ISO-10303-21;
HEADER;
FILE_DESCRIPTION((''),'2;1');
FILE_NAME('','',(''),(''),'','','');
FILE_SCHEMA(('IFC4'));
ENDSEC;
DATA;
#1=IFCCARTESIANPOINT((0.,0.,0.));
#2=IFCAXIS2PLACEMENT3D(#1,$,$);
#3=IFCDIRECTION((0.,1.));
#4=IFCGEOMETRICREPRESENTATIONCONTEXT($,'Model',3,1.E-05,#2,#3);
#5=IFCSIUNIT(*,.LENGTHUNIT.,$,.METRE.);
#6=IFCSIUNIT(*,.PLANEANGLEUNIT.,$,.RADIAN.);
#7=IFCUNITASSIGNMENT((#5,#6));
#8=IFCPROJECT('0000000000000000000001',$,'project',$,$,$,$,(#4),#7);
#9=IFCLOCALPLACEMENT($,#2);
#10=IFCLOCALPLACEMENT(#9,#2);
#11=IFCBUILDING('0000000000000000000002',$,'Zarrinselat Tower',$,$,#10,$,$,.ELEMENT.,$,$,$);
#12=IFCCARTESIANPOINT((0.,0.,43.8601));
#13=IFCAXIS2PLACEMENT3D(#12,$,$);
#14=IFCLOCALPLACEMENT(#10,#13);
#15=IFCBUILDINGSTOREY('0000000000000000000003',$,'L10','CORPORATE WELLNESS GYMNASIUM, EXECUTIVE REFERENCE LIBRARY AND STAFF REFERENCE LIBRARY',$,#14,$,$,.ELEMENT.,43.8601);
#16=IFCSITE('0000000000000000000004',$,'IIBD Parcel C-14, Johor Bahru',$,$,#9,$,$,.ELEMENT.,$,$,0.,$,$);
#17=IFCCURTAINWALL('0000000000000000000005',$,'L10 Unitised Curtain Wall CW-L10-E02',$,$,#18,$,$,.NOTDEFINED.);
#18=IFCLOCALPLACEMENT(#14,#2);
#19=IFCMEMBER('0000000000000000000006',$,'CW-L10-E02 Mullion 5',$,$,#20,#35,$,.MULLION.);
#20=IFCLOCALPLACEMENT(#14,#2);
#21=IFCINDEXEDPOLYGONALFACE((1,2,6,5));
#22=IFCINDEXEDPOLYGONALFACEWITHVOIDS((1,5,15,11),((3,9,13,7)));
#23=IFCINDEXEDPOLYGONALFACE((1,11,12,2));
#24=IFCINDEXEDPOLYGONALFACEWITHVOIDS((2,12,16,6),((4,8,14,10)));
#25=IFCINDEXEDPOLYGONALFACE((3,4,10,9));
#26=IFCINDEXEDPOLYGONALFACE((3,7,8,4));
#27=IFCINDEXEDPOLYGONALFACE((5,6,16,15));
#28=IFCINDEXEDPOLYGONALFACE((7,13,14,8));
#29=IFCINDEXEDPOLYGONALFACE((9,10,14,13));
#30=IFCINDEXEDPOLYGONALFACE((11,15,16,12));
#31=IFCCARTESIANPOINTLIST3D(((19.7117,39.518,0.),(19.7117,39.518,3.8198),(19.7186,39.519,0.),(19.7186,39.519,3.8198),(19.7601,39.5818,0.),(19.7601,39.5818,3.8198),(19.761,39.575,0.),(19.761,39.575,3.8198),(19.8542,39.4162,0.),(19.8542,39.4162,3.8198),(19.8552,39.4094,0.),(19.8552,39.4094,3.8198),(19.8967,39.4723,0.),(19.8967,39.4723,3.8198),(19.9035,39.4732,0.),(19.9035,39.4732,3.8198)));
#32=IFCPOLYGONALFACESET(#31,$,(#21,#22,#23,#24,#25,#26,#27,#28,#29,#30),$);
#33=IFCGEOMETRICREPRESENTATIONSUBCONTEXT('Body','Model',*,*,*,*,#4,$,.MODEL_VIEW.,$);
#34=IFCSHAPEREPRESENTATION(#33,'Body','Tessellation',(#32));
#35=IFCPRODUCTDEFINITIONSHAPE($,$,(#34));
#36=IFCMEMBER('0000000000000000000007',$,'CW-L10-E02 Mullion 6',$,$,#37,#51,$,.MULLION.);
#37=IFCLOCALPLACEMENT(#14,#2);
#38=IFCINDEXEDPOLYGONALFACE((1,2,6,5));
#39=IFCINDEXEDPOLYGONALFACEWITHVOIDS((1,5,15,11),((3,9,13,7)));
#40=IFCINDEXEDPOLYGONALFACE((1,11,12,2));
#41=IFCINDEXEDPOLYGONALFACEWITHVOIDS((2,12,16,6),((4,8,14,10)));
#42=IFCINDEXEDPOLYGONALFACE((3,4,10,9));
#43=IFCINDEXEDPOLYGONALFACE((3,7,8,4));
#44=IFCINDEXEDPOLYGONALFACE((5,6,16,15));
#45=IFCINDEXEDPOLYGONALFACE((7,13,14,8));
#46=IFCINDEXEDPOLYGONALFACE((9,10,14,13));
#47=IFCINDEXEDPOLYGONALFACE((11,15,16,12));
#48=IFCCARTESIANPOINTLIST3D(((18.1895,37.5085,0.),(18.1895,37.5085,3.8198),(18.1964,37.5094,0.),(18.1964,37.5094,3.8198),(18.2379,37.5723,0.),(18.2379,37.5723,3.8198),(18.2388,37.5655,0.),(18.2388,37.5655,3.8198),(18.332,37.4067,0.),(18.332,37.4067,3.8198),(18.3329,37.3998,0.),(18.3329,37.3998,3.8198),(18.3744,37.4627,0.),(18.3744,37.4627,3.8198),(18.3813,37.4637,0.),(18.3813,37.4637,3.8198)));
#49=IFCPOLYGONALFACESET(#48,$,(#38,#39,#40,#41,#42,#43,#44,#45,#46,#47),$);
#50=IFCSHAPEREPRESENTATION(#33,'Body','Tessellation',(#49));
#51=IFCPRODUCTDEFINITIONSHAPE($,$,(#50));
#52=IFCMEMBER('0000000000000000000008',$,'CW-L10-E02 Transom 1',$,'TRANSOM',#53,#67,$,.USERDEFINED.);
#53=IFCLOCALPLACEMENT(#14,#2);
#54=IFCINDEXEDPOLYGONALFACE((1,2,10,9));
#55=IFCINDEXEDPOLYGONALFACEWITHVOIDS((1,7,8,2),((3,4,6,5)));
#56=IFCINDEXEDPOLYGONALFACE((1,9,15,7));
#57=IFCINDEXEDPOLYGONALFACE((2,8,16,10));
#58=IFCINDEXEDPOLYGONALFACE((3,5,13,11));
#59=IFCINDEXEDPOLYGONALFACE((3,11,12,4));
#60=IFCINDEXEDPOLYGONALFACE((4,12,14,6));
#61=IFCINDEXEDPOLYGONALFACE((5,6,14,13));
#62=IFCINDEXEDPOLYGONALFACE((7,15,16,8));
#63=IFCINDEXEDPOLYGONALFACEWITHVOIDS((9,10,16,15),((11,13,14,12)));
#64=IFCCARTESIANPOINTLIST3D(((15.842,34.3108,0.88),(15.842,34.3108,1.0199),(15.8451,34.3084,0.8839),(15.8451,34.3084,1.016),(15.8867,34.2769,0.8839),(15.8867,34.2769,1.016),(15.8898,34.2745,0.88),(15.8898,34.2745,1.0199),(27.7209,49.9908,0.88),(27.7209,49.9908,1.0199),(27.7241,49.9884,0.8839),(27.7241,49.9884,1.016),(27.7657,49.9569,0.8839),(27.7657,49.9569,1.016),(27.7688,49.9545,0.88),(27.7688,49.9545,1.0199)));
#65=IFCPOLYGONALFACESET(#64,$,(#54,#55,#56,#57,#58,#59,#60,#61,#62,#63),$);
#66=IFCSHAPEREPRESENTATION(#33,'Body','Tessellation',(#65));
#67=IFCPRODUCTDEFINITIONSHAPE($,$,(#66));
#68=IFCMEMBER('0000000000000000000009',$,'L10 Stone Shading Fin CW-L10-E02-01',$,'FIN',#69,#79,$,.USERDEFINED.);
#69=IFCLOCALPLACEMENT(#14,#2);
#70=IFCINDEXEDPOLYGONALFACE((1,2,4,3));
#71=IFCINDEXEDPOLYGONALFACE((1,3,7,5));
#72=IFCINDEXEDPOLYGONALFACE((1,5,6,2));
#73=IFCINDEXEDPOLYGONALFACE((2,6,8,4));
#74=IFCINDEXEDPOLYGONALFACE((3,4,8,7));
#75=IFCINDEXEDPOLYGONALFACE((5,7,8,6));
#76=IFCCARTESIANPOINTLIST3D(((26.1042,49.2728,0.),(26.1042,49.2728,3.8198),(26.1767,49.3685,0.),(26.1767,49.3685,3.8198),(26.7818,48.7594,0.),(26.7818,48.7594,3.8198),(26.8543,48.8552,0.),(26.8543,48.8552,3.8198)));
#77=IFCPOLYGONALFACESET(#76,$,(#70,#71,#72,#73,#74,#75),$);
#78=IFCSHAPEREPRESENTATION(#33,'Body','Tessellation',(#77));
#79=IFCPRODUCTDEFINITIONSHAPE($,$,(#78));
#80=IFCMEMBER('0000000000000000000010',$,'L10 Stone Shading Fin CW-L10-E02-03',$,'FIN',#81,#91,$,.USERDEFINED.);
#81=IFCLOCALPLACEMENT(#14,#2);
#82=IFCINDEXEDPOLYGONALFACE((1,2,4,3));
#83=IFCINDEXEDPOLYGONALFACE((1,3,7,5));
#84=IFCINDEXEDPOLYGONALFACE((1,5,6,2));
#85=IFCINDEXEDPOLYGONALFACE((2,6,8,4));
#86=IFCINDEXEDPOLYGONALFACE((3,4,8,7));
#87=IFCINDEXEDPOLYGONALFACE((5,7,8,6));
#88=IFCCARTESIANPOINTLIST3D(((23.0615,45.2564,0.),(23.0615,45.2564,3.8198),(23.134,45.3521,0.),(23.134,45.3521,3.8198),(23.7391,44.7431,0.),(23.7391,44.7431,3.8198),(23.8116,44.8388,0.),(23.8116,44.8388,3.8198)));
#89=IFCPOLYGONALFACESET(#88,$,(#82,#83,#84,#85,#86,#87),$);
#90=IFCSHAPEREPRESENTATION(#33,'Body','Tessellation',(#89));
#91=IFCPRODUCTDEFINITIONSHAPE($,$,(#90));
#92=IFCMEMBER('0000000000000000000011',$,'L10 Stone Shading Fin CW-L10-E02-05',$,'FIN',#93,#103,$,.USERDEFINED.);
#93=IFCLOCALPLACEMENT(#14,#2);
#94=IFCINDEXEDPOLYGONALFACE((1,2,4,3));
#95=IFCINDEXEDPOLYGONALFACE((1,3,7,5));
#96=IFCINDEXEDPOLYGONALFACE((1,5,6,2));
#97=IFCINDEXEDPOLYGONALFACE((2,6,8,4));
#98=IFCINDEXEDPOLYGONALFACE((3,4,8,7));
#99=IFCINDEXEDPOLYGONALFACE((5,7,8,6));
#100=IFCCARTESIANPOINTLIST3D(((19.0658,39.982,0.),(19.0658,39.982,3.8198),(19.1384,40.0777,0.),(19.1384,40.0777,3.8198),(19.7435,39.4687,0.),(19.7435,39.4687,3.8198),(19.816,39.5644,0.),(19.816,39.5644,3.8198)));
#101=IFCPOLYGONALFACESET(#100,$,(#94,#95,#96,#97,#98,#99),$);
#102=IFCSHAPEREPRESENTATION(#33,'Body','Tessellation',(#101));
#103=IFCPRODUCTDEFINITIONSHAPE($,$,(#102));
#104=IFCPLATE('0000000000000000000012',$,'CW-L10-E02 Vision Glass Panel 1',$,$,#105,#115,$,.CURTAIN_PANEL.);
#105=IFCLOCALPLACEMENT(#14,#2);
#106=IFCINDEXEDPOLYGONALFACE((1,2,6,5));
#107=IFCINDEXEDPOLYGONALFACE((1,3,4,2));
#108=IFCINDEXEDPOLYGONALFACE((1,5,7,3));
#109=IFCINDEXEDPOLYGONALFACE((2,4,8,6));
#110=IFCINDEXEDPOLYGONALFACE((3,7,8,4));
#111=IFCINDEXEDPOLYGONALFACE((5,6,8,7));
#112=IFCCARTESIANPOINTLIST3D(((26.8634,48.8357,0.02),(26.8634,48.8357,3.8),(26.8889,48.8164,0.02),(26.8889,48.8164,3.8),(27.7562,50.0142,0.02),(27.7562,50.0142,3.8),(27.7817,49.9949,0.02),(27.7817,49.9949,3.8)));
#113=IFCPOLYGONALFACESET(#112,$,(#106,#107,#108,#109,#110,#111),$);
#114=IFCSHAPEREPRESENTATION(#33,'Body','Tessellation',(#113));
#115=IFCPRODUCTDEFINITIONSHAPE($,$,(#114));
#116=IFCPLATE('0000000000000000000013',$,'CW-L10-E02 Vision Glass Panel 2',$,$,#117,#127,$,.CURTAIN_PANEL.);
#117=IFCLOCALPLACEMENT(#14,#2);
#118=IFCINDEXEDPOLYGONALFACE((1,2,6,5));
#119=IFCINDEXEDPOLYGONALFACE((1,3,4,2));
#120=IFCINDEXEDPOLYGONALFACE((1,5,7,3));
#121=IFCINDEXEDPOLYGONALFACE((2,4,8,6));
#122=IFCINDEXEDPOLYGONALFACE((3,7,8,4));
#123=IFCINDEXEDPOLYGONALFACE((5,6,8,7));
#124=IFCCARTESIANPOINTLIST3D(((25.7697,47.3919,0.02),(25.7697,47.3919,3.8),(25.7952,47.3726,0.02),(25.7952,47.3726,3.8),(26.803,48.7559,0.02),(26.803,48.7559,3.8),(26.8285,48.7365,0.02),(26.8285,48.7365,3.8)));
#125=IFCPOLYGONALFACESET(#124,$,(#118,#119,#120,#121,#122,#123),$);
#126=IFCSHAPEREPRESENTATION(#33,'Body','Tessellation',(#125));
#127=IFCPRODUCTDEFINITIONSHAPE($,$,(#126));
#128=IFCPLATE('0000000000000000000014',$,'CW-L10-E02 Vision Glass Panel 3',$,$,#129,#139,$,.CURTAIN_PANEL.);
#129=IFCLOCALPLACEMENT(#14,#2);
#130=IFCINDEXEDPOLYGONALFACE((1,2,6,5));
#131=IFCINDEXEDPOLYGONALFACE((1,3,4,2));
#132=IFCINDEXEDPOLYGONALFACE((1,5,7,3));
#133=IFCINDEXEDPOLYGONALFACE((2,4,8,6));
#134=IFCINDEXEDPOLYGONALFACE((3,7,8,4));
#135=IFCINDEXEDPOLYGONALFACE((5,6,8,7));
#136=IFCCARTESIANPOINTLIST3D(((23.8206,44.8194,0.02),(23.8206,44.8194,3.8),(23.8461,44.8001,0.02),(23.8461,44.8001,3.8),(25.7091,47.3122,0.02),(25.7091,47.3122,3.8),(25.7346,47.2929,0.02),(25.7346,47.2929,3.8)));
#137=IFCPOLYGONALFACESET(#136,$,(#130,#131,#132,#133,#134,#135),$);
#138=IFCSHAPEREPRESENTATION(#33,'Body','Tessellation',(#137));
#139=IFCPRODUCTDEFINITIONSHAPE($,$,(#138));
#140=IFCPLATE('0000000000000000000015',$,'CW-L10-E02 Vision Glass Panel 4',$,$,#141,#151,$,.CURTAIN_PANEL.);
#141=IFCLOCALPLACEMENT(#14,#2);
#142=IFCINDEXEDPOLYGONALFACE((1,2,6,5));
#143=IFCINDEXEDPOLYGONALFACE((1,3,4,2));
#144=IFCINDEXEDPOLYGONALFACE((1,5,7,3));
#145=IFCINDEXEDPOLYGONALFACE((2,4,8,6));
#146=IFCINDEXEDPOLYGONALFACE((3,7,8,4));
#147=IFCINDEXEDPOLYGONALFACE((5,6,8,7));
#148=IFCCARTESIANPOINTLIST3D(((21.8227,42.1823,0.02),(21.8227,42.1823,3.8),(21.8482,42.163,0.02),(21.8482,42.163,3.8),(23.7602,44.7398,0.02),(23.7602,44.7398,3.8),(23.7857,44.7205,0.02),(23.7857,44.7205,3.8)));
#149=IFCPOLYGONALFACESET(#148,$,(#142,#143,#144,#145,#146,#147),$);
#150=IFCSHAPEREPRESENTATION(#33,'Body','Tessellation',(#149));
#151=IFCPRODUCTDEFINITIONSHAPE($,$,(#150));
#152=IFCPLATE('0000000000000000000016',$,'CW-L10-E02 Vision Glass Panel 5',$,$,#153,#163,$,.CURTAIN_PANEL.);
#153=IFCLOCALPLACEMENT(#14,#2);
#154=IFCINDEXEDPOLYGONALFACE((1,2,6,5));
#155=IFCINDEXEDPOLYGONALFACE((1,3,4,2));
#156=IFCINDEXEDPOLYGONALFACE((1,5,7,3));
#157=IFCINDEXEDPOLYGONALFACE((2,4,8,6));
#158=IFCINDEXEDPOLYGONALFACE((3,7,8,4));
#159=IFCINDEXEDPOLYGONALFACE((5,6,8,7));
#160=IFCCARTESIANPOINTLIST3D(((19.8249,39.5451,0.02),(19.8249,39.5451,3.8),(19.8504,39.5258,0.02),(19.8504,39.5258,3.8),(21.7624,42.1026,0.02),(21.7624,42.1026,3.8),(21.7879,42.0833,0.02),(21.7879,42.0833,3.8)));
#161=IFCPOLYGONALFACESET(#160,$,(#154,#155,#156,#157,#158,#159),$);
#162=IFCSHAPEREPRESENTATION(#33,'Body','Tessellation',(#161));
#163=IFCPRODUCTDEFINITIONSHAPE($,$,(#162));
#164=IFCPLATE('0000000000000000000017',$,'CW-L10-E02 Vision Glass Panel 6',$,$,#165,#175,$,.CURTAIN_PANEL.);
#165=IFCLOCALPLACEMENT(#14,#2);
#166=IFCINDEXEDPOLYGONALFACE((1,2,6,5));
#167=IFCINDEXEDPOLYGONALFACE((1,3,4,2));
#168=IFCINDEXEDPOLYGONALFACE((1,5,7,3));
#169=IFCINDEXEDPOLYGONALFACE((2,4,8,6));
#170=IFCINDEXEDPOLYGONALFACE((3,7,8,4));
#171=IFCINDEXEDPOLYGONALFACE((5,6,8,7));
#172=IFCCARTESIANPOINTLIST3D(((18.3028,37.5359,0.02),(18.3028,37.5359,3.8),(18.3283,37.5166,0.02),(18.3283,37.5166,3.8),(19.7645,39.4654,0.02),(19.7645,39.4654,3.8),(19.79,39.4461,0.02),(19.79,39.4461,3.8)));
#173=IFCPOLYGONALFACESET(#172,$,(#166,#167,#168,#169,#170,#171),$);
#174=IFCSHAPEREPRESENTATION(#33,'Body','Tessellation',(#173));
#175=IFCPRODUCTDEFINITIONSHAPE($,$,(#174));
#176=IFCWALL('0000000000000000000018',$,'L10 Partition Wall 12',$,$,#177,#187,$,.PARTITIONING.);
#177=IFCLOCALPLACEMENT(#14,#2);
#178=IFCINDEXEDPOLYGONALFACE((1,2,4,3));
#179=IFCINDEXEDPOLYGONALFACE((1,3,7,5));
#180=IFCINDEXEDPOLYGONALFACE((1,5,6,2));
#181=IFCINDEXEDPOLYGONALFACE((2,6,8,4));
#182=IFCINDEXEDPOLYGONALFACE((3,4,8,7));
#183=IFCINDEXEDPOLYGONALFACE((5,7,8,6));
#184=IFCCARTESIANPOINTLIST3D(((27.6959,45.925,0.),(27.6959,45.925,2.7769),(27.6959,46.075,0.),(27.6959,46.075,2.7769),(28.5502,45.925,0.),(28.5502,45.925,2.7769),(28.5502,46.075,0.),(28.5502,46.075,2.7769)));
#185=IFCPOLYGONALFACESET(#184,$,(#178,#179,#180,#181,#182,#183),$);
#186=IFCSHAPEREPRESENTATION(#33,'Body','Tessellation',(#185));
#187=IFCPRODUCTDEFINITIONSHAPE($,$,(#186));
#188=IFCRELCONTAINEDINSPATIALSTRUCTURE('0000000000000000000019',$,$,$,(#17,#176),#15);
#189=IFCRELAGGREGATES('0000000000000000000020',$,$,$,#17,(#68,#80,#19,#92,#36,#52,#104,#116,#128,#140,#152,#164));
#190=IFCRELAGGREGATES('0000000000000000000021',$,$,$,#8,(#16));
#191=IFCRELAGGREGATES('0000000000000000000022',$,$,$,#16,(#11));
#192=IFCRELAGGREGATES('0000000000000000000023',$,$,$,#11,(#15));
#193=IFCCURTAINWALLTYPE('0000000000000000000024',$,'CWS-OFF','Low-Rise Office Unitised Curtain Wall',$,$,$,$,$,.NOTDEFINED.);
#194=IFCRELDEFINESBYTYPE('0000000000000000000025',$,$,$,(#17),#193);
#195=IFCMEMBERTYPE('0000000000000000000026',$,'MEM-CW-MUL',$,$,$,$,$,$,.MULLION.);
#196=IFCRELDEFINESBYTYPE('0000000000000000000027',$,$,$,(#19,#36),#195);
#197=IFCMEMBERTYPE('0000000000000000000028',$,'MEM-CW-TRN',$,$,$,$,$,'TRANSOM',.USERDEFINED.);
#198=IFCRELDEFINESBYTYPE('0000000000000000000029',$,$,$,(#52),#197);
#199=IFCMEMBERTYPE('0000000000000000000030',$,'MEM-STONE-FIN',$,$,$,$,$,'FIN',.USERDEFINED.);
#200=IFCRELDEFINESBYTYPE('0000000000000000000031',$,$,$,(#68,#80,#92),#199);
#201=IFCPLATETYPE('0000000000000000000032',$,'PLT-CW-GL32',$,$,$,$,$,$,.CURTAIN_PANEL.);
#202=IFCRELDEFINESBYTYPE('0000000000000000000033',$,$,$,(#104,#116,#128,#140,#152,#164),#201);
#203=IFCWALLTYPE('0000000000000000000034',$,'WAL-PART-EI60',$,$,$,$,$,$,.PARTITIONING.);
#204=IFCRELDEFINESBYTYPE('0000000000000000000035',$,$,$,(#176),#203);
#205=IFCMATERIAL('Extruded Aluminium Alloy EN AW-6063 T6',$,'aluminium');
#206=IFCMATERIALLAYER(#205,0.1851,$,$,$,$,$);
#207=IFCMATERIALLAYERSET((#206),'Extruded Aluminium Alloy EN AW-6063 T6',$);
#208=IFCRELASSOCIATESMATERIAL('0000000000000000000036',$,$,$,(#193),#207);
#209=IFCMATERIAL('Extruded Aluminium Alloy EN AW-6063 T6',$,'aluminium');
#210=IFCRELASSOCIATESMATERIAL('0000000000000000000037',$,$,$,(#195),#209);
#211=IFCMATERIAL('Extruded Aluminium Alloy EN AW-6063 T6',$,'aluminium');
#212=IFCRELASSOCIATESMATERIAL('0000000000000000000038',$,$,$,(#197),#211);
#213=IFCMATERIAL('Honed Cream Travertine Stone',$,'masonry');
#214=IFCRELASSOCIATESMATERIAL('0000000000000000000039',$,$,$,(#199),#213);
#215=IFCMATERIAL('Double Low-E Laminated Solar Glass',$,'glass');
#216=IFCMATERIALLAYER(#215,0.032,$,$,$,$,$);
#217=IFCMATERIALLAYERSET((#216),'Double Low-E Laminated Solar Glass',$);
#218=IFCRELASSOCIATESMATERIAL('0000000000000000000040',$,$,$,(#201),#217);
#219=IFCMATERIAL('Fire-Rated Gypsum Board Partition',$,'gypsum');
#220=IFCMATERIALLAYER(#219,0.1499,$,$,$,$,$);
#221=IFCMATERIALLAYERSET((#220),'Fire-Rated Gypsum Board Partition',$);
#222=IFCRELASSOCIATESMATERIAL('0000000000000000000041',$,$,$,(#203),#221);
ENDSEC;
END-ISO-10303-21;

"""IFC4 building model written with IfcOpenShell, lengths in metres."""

from ifc_helpers import new_model, si_unit, direction, frame, frame_2d, origin, origin_2d, place, context, subcontext, project, spatial, rectangle, hollow_rectangle, extrude, material, layer, layer_set, material_profile, profile_set, type_object, element, aggregate, save


model = new_model("IFC4")

# Units and contexts
model_context = context("Model", 3, precision=1e-05, world=origin(), true_north=direction((0.0, 1.0)))
body_context = subcontext(model_context, "Body", "Model", "MODEL_VIEW")
ifc_project = project(units=[si_unit("LENGTHUNIT", "METRE"), si_unit("PLANEANGLEUNIT", "RADIAN")], contexts=[model_context])

# Site, building, storey
site_placement = place(None, origin())
site = spatial("IfcSite", under=ifc_project, at=site_placement, Name="IIBD Parcel C-14, Johor Bahru", CompositionType="ELEMENT", RefElevation=0.0)
building_placement = place(site_placement, origin())
building = spatial("IfcBuilding", under=site, at=building_placement, Name="Zarrinselat Tower", CompositionType="ELEMENT")
storey_placement = place(building_placement, frame((0.0, 0.0, 43.8601)))
storey = spatial("IfcBuildingStorey", under=building, at=storey_placement, Name="L10", Description="CORPORATE WELLNESS GYMNASIUM, EXECUTIVE REFERENCE LIBRARY AND STAFF REFERENCE LIBRARY", CompositionType="ELEMENT", Elevation=43.8601)

# Shared definitions
ifc_material_1 = material(Name="Extruded Aluminium Alloy EN AW-6063 T6", Category="aluminium")
ifc_layer_1 = layer(ifc_material_1, 0.1851)
ifc_layer_set_1 = layer_set([ifc_layer_1], Name="Extruded Aluminium Alloy EN AW-6063 T6")
curtain_wall_type = type_object("IfcCurtainWallType", Name="CWS-OFF", Description="Low-Rise Office Unitised Curtain Wall", PredefinedType="NOTDEFINED", material=ifc_layer_set_1)
ifc_material_2 = material(Name="Extruded Aluminium Alloy EN AW-6063 T6", Category="aluminium")
ifc_material_profile_1 = material_profile(ifc_material_2, hollow_rectangle(XDim=0.0801, YDim=0.1799, WallThickness=0.0049, at=origin_2d()), Name="RHS 180x80x5")
ifc_profile_set_1 = profile_set([ifc_material_profile_1], Name="Extruded Aluminium Alloy EN AW-6063 T6")
member_type_1 = type_object("IfcMemberType", Name="MEM-CW-MUL", PredefinedType="MULLION", material=ifc_profile_set_1)

# Curtain wall, members, plates
curtain_wall_1_placement = place(storey_placement, origin())
curtain_wall_1 = element("IfcCurtainWall", 1, at=curtain_wall_1_placement, inside=storey, type_object=curtain_wall_type, Name="L10 Unitised Curtain Wall CW-L10-E02", PredefinedType="NOTDEFINED")
member_1_placement = place(storey_placement, frame((19.8076, 39.4956, 0.0), z_axis=(0.0, 0.0, 1.0), x_axis=(-0.603857, -0.797093, 0.0)))
member_1 = element("IfcMember", 2, at=member_1_placement, type_object=member_type_1, Name="CW-L10-E02 Mullion 5", PredefinedType="MULLION", context=body_context, shape_type="SweptSolid", body=[
    extrude(hollow_rectangle(XDim=0.0801, YDim=0.1799, WallThickness=0.0049, at=origin_2d()), origin(), (0.0, 0.0, 1.0), 3.8198),
])
member_2_placement = place(storey_placement, frame((18.2854, 37.4861, 0.0), z_axis=(0.0, 0.0, 1.0), x_axis=(-0.603857, -0.797093, 0.0)))
member_2 = element("IfcMember", 3, at=member_2_placement, type_object=member_type_1, Name="CW-L10-E02 Mullion 6", PredefinedType="MULLION", context=body_context, shape_type="SweptSolid", body=[
    extrude(hollow_rectangle(XDim=0.0801, YDim=0.1799, WallThickness=0.0049, at=origin_2d()), origin(), (0.0, 0.0, 1.0), 3.8198),
])
ifc_material_3 = material(Name="Extruded Aluminium Alloy EN AW-6063 T6", Category="aluminium")
ifc_material_profile_2 = material_profile(ifc_material_3, hollow_rectangle(XDim=0.0601, YDim=0.1399, WallThickness=0.0039, at=origin_2d()), Name="RHS 140x60x4")
ifc_profile_set_2 = profile_set([ifc_material_profile_2], Name="Extruded Aluminium Alloy EN AW-6063 T6")
member_type_2 = type_object("IfcMemberType", Name="MEM-CW-TRN", ElementType="TRANSOM", PredefinedType="USERDEFINED", material=ifc_profile_set_2)
member_3_placement = place(storey_placement, frame((27.7449, 49.9727, 0.95), z_axis=(-0.603863, -0.797088, 0.0), x_axis=(0.797088, -0.603863, 0.0)))
member_3 = element("IfcMember", 4, at=member_3_placement, type_object=member_type_2, Name="CW-L10-E02 Transom 1", ObjectType="TRANSOM", PredefinedType="USERDEFINED", context=body_context, shape_type="SweptSolid", body=[
    extrude(hollow_rectangle(XDim=0.0601, YDim=0.1399, WallThickness=0.0039, at=origin_2d()), origin(), (0.0, 0.0, 1.0), 19.6716),
])
ifc_material_4 = material(Name="Honed Cream Travertine Stone", Category="masonry")
ifc_material_profile_3 = material_profile(ifc_material_4, rectangle(XDim=0.1201, YDim=0.8501, at=origin_2d()), Name="FIN 850x120")
ifc_profile_set_3 = profile_set([ifc_material_profile_3], Name="Honed Cream Travertine Stone")
member_type_3 = type_object("IfcMemberType", Name="MEM-STONE-FIN", ElementType="FIN", PredefinedType="USERDEFINED", material=ifc_profile_set_3)
member_4_placement = place(storey_placement, frame((26.4792, 49.064, 0.0), z_axis=(0.0, 0.0, 1.0), x_axis=(0.603857, 0.797093, 0.0)))
member_4 = element("IfcMember", 5, at=member_4_placement, type_object=member_type_3, Name="L10 Stone Shading Fin CW-L10-E02-01", ObjectType="FIN", PredefinedType="USERDEFINED", context=body_context, shape_type="SweptSolid", body=[
    extrude(rectangle(XDim=0.1201, YDim=0.8501, at=origin_2d()), origin(), (0.0, 0.0, 1.0), 3.8198),
])
member_5_placement = place(storey_placement, frame((23.4365, 45.0476, 0.0), z_axis=(0.0, 0.0, 1.0), x_axis=(0.603857, 0.797093, 0.0)))
member_5 = element("IfcMember", 6, at=member_5_placement, type_object=member_type_3, Name="L10 Stone Shading Fin CW-L10-E02-03", ObjectType="FIN", PredefinedType="USERDEFINED", context=body_context, shape_type="SweptSolid", body=[
    extrude(rectangle(XDim=0.1201, YDim=0.8501, at=origin_2d()), origin(), (0.0, 0.0, 1.0), 3.8198),
])
member_6_placement = place(storey_placement, frame((19.4409, 39.7732, 0.0), z_axis=(0.0, 0.0, 1.0), x_axis=(0.603857, 0.797093, 0.0)))
member_6 = element("IfcMember", 7, at=member_6_placement, type_object=member_type_3, Name="L10 Stone Shading Fin CW-L10-E02-05", ObjectType="FIN", PredefinedType="USERDEFINED", context=body_context, shape_type="SweptSolid", body=[
    extrude(rectangle(XDim=0.1201, YDim=0.8501, at=origin_2d()), origin(), (0.0, 0.0, 1.0), 3.8198),
])
ifc_material_5 = material(Name="Double Low-E Laminated Solar Glass", Category="glass")
ifc_layer_2 = layer(ifc_material_5, 0.032)
ifc_layer_set_2 = layer_set([ifc_layer_2], Name="Double Low-E Laminated Solar Glass")
plate_type = type_object("IfcPlateType", Name="PLT-CW-GL32", PredefinedType="CURTAIN_PANEL", material=ifc_layer_set_2)
plate_1_placement = place(storey_placement, frame((27.3225, 49.4153, 0.02), z_axis=(0.0, 0.0, 1.0), x_axis=(-0.603857, -0.797093, 0.0)))
plate_1 = element("IfcPlate", 8, at=plate_1_placement, type_object=plate_type, Name="CW-L10-E02 Vision Glass Panel 1", PredefinedType="CURTAIN_PANEL", context=body_context, shape_type="SweptSolid", body=[
    extrude(rectangle(XDim=1.4785, YDim=0.032, at=origin_2d()), origin(), (0.0, 0.0, 1.0), 3.78),
])
plate_2_placement = place(storey_placement, frame((26.2991, 48.0642, 0.02), z_axis=(0.0, 0.0, 1.0), x_axis=(-0.603857, -0.797093, 0.0)))
plate_2 = element("IfcPlate", 9, at=plate_2_placement, type_object=plate_type, Name="CW-L10-E02 Vision Glass Panel 2", PredefinedType="CURTAIN_PANEL", context=body_context, shape_type="SweptSolid", body=[
    extrude(rectangle(XDim=1.7112, YDim=0.032, at=origin_2d()), origin(), (0.0, 0.0, 1.0), 3.78),
])
plate_3_placement = place(storey_placement, frame((24.7776, 46.0562, 0.02), z_axis=(0.0, 0.0, 1.0), x_axis=(-0.603857, -0.797093, 0.0)))
plate_3 = element("IfcPlate", 10, at=plate_3_placement, type_object=plate_type, Name="CW-L10-E02 Vision Glass Panel 3", PredefinedType="CURTAIN_PANEL", context=body_context, shape_type="SweptSolid", body=[
    extrude(rectangle(XDim=3.1274, YDim=0.032, at=origin_2d()), origin(), (0.0, 0.0, 1.0), 3.78),
])
plate_4_placement = place(storey_placement, frame((22.8042, 43.4514, 0.02), z_axis=(0.0, 0.0, 1.0), x_axis=(-0.603857, -0.797093, 0.0)))
plate_4 = element("IfcPlate", 11, at=plate_4_placement, type_object=plate_type, Name="CW-L10-E02 Vision Glass Panel 4", PredefinedType="CURTAIN_PANEL", context=body_context, shape_type="SweptSolid", body=[
    extrude(rectangle(XDim=3.2085, YDim=0.032, at=origin_2d()), origin(), (0.0, 0.0, 1.0), 3.78),
])
plate_5_placement = place(storey_placement, frame((20.8064, 40.8142, 0.02), z_axis=(0.0, 0.0, 1.0), x_axis=(-0.603857, -0.797093, 0.0)))
plate_5 = element("IfcPlate", 12, at=plate_5_placement, type_object=plate_type, Name="CW-L10-E02 Vision Glass Panel 5", PredefinedType="CURTAIN_PANEL", context=body_context, shape_type="SweptSolid", body=[
    extrude(rectangle(XDim=3.2085, YDim=0.032, at=origin_2d()), origin(), (0.0, 0.0, 1.0), 3.78),
])
plate_6_placement = place(storey_placement, frame((19.0464, 38.491, 0.02), z_axis=(0.0, 0.0, 1.0), x_axis=(-0.603857, -0.797093, 0.0)))
plate_6 = element("IfcPlate", 13, at=plate_6_placement, type_object=plate_type, Name="CW-L10-E02 Vision Glass Panel 6", PredefinedType="CURTAIN_PANEL", context=body_context, shape_type="SweptSolid", body=[
    extrude(rectangle(XDim=2.4207, YDim=0.032, at=origin_2d()), origin(), (0.0, 0.0, 1.0), 3.78),
])
aggregate(curtain_wall_1, [member_4, member_5, member_1, member_6, member_2, member_3, plate_1, plate_2, plate_3, plate_4, plate_5, plate_6])

# Wall
ifc_material_6 = material(Name="Fire-Rated Gypsum Board Partition", Category="gypsum")
ifc_layer_3 = layer(ifc_material_6, 0.1499)
ifc_layer_set_3 = layer_set([ifc_layer_3], Name="Fire-Rated Gypsum Board Partition")
wall_type_1 = type_object("IfcWallType", Name="WAL-PART-EI60", PredefinedType="PARTITIONING", material=ifc_layer_set_3)
wall_1_placement = place(storey_placement, frame((27.6958, 46.0, 0.0), z_axis=(0.0, 0.0, 1.0), x_axis=(1.0, 0.0, 0.0)))
element("IfcWall", 14, at=wall_1_placement, inside=storey, type_object=wall_type_1, Name="L10 Partition Wall 12", PredefinedType="PARTITIONING", context=body_context, shape_type="SweptSolid", body=[
    extrude(rectangle(XDim=0.8542, YDim=0.1499, at=frame_2d((0.4272, 0.0))), origin(), (0.0, 0.0, 1.0), 2.7769),
])

save(model, "model.ifc")
